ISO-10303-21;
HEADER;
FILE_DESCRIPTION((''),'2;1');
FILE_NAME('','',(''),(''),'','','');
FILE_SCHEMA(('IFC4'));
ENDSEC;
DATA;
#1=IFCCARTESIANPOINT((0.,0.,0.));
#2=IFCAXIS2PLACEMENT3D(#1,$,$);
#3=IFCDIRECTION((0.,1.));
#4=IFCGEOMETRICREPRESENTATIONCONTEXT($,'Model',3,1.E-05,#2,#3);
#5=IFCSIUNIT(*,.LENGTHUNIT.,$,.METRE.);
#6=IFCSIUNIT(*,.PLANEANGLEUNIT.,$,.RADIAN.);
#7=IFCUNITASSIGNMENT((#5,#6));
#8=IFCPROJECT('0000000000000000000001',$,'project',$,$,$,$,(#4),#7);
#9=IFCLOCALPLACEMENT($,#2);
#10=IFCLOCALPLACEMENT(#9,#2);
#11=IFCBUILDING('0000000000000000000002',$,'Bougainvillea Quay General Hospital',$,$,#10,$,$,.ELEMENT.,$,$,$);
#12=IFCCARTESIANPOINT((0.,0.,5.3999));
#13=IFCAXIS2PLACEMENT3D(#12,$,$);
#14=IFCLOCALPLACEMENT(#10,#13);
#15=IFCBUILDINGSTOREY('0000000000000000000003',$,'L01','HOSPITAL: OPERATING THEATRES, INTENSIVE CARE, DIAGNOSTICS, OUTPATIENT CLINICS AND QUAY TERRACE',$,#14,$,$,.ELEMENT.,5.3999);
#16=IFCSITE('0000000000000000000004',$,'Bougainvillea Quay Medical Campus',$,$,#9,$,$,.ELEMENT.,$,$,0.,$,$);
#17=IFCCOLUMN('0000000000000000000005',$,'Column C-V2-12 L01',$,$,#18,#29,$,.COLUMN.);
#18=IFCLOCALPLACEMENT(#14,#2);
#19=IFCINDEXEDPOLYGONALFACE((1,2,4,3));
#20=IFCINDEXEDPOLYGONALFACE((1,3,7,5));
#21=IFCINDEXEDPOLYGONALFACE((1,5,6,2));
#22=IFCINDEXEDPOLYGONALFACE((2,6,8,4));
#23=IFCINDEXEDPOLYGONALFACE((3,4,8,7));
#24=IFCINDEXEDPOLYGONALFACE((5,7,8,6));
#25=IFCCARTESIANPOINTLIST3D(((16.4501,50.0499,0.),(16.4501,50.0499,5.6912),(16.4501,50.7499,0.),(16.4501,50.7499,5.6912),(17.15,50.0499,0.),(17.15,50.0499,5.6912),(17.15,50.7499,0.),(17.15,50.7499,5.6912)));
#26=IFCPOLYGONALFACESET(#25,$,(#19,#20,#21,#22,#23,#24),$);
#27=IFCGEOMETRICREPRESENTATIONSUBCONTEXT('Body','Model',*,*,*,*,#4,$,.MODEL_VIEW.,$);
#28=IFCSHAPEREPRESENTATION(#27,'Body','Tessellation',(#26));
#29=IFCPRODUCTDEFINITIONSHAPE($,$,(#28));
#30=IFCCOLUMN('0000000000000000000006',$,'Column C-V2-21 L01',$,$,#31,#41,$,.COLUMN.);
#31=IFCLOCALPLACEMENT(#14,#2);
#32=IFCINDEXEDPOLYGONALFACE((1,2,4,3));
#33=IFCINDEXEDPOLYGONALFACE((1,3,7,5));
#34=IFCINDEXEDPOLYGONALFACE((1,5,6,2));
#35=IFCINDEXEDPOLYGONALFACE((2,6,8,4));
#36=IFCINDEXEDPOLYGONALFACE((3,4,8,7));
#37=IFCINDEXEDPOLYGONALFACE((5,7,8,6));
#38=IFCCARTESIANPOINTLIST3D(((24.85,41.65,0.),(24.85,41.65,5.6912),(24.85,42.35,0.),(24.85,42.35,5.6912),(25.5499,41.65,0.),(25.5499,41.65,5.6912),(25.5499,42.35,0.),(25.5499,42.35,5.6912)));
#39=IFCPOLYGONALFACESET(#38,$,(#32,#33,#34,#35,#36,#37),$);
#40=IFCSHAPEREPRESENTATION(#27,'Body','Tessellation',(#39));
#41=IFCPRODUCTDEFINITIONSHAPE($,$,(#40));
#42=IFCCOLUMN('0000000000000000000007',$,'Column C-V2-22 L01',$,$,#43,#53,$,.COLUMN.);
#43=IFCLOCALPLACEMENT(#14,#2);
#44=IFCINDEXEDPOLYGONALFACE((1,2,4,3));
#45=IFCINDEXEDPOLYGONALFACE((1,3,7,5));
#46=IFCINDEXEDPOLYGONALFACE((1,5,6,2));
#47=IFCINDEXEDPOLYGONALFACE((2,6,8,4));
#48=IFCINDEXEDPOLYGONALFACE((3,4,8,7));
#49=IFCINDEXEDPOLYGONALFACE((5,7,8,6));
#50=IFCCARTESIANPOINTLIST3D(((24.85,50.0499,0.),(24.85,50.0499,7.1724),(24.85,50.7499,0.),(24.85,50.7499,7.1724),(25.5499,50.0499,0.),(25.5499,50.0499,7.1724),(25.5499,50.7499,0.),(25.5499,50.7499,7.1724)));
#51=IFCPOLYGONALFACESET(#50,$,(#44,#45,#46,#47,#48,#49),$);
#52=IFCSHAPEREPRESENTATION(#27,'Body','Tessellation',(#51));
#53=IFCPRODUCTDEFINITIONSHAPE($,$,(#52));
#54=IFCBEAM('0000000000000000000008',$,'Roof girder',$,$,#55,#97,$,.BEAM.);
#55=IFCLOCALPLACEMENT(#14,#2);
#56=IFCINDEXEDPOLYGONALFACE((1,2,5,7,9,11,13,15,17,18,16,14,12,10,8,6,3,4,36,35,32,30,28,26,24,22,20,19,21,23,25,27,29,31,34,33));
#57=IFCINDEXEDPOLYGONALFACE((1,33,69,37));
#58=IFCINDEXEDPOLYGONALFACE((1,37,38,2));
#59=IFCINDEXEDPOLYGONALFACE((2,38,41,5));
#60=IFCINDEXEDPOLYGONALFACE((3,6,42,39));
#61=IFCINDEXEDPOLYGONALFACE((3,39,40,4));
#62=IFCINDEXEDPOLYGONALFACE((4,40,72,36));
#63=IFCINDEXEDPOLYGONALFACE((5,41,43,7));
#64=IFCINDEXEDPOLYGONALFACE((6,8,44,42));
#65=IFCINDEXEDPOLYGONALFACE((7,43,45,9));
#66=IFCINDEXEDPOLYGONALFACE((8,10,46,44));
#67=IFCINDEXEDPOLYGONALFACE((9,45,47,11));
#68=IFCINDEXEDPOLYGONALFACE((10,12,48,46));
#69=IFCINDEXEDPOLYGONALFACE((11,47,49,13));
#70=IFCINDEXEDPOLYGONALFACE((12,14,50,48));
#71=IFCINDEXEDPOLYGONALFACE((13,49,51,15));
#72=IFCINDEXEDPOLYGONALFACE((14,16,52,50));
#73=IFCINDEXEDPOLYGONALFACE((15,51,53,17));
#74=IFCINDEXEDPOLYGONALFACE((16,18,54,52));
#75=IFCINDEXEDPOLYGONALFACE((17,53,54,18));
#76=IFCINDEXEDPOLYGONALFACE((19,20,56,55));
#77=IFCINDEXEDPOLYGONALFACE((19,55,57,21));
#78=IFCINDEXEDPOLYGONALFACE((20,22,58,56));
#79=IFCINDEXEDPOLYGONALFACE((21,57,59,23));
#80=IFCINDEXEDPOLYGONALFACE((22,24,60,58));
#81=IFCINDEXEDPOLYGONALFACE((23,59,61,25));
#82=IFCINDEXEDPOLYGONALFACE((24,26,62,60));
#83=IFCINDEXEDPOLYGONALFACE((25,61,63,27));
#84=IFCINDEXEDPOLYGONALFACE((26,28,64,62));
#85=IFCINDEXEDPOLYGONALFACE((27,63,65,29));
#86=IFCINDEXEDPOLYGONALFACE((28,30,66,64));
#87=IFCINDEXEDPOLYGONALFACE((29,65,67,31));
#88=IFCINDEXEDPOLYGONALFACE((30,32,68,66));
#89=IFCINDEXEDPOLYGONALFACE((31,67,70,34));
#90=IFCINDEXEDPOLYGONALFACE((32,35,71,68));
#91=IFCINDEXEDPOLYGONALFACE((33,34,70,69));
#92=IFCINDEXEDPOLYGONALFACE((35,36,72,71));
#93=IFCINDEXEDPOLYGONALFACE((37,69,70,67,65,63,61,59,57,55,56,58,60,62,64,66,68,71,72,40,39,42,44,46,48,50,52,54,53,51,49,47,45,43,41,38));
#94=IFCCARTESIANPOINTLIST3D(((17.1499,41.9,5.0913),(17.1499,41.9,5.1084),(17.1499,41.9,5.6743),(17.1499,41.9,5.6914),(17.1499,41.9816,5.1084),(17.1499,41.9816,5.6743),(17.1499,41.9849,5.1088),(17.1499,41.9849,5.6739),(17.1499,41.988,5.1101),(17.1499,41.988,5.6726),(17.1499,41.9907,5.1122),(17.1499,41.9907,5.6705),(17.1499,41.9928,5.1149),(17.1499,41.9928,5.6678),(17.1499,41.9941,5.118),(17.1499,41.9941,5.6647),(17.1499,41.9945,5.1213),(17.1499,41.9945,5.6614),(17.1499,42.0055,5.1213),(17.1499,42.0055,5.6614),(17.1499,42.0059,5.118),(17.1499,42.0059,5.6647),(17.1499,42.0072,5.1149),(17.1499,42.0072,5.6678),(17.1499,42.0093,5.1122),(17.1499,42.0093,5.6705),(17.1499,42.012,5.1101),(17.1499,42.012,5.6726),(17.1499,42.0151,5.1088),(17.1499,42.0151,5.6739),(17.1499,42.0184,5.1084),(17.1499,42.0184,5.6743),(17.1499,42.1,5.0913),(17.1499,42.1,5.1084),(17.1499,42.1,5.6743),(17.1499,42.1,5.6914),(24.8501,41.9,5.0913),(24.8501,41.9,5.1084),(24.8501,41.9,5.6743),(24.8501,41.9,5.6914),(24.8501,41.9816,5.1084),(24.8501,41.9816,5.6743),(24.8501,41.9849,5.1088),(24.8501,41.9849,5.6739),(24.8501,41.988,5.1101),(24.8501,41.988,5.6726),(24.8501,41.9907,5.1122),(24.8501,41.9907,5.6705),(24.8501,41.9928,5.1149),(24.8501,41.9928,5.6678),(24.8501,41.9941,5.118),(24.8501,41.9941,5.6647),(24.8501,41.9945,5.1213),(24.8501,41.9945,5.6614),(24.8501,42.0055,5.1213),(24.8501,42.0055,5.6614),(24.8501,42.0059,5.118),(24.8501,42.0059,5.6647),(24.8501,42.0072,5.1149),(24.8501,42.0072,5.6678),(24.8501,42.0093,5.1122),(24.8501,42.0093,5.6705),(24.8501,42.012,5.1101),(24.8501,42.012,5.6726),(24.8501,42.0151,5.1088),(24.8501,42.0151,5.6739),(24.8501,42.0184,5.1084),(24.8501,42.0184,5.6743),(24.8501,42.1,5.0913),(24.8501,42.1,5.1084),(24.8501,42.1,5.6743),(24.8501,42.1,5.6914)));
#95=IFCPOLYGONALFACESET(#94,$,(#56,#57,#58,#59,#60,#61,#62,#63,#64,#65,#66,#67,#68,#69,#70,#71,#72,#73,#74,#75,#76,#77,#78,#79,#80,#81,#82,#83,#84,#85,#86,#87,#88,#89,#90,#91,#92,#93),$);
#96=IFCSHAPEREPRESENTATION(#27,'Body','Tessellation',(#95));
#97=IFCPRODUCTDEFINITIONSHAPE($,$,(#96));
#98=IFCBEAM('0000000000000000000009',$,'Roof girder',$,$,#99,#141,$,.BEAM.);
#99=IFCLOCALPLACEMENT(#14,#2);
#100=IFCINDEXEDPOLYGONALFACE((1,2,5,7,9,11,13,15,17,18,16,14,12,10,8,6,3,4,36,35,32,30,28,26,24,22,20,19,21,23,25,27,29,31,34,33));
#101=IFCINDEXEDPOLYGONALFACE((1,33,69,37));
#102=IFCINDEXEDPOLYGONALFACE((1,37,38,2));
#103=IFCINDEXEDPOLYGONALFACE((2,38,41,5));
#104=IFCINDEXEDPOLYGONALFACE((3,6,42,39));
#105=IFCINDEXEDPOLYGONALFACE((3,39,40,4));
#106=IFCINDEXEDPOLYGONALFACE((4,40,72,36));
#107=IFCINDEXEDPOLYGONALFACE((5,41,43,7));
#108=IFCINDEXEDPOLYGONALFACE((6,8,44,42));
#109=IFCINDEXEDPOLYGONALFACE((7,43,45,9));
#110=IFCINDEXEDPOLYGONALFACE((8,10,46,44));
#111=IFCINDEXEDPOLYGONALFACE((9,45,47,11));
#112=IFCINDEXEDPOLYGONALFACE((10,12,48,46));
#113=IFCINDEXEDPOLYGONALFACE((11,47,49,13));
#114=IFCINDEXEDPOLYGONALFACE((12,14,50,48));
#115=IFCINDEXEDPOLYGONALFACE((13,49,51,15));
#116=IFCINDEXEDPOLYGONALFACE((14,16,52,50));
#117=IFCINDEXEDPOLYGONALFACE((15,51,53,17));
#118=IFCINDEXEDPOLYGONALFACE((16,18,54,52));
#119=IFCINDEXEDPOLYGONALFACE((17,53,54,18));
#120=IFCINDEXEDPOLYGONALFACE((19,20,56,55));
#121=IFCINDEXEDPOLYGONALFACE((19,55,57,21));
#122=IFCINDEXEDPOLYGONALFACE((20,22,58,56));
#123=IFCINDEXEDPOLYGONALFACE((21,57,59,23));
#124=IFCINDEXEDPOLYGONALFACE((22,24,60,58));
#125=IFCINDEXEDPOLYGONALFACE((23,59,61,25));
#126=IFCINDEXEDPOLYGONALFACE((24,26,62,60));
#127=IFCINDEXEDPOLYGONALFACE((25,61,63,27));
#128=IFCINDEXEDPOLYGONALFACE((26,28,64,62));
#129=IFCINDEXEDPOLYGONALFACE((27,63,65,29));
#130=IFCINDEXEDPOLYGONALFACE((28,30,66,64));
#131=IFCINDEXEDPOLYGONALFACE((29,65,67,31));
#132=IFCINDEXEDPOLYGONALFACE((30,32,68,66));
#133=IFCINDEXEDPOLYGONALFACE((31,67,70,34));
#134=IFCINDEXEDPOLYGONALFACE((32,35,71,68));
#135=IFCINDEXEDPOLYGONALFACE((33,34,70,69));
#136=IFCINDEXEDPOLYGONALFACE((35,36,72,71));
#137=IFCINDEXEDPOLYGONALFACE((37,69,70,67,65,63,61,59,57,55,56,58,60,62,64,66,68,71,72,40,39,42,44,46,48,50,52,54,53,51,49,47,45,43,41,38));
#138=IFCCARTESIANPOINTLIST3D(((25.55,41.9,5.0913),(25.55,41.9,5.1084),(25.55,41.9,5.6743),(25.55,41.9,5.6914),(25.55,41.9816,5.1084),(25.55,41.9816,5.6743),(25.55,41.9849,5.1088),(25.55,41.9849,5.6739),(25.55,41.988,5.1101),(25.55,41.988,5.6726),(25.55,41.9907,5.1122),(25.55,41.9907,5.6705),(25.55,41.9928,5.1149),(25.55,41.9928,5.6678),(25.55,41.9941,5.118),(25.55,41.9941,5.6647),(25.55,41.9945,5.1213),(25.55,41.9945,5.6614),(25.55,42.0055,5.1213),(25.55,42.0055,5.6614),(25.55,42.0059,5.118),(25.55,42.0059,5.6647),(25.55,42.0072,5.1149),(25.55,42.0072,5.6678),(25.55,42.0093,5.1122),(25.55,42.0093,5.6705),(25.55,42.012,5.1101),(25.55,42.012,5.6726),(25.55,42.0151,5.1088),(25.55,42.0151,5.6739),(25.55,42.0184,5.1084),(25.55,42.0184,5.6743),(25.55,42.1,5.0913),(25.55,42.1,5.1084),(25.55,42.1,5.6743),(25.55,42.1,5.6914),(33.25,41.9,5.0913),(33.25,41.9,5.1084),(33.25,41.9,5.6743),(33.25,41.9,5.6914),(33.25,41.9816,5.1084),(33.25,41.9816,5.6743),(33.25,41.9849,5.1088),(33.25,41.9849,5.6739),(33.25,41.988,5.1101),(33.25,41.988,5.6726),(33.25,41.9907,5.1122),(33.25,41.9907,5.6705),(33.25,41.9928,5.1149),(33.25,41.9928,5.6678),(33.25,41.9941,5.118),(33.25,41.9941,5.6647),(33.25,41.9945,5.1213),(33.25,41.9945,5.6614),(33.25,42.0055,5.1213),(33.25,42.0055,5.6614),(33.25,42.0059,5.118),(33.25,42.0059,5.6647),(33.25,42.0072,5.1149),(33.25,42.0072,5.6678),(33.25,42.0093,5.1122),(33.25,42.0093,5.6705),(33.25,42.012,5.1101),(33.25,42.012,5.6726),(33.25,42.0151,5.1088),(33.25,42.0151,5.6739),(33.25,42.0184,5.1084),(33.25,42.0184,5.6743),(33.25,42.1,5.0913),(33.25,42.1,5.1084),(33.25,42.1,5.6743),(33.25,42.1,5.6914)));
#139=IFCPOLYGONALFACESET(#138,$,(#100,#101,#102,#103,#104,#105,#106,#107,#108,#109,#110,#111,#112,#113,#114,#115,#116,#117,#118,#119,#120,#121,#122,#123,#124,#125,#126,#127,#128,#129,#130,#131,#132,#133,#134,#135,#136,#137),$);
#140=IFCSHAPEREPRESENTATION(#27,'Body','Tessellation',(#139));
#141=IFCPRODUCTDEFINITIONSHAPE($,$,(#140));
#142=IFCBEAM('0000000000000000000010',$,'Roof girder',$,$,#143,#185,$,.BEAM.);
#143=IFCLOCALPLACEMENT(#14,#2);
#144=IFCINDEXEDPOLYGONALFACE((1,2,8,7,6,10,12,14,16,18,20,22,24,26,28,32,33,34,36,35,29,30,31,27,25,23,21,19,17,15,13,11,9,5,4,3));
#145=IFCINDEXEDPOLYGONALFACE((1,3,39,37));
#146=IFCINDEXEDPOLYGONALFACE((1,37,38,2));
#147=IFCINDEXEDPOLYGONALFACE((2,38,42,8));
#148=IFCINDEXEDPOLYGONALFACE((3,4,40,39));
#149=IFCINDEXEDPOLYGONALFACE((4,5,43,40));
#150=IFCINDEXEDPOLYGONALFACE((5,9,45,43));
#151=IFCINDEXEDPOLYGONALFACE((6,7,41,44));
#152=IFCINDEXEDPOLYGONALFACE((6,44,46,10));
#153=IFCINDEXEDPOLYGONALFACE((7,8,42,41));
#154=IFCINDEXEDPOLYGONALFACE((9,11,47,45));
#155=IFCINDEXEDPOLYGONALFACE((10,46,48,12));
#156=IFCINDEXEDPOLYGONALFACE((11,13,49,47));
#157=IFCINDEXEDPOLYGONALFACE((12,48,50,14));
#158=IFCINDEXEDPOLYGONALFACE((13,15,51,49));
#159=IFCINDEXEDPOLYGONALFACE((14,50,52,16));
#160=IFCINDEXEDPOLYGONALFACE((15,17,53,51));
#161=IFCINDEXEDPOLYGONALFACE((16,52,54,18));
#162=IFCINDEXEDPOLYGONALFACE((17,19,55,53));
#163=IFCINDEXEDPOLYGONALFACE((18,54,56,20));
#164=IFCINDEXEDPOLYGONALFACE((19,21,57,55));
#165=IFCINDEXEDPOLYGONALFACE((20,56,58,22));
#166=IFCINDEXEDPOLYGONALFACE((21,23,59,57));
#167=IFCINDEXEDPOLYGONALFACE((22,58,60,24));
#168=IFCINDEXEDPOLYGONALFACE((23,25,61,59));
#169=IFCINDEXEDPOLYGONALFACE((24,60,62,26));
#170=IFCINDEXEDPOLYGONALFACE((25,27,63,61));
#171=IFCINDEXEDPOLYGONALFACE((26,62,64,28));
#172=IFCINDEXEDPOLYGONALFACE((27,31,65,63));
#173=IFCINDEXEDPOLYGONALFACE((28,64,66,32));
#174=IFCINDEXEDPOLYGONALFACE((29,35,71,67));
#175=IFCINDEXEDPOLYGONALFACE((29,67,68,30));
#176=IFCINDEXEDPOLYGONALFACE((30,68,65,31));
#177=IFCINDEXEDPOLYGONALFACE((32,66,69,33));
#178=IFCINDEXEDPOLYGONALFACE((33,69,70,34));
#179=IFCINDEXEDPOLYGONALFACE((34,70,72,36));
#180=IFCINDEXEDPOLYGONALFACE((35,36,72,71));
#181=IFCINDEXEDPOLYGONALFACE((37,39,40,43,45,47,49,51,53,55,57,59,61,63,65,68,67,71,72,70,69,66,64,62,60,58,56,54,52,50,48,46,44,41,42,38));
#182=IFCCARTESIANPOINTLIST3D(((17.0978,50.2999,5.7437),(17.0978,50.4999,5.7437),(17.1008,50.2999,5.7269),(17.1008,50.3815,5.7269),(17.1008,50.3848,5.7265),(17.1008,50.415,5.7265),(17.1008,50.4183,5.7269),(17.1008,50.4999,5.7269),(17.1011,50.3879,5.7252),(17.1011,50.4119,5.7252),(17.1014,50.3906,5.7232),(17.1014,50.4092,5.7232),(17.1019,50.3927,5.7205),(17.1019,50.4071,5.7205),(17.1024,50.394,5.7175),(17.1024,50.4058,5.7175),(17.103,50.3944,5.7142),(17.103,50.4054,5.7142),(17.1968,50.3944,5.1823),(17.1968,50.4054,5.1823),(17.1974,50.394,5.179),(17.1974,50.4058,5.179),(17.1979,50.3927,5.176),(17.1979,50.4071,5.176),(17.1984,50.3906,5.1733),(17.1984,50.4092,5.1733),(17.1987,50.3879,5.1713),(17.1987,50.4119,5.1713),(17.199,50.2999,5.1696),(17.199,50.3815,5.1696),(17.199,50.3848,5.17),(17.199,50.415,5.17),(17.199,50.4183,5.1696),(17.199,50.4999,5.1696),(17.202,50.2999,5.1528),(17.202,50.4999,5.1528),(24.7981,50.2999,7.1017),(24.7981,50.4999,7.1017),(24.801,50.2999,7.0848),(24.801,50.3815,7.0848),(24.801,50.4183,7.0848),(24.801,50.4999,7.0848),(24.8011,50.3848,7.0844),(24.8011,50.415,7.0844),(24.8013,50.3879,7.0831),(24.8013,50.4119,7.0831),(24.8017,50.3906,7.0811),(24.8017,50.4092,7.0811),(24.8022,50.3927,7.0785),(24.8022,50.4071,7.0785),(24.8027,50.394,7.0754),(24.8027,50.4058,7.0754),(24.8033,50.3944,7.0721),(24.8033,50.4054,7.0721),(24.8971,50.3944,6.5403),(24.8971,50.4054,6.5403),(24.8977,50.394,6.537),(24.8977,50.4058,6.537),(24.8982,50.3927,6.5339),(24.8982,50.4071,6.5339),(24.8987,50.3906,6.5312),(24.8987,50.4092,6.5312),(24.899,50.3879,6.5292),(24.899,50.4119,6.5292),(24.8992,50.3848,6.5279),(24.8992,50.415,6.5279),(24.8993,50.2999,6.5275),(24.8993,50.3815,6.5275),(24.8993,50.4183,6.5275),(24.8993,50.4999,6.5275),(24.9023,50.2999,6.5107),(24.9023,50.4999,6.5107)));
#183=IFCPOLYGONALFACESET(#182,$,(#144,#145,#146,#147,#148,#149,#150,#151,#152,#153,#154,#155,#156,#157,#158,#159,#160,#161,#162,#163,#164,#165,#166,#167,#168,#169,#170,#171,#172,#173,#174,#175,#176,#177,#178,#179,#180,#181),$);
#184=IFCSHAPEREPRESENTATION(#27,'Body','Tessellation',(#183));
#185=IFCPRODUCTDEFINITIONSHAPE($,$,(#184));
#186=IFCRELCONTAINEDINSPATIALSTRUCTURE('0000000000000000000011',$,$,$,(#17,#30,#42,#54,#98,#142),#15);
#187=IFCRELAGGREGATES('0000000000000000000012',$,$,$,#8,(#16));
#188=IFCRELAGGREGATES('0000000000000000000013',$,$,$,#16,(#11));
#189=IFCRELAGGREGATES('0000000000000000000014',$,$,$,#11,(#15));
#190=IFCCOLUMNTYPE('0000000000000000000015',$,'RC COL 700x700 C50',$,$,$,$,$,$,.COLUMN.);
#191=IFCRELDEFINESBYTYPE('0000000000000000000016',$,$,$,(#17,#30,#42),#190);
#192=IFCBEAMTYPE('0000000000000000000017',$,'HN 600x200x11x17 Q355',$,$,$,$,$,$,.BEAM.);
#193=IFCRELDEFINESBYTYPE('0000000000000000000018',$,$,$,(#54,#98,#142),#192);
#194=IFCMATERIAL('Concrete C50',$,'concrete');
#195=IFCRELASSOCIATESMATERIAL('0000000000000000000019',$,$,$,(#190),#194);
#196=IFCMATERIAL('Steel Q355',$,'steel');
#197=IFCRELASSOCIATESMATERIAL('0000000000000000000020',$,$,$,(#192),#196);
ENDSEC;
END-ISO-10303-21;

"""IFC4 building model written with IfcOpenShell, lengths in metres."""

from ifc_helpers import new_model, si_unit, direction, frame, origin, origin_2d, place, context, subcontext, project, spatial, rectangle, i_section, extrude, material, material_profile, profile_set, type_object, element, save


model = new_model("IFC4")

# Units and contexts
model_context = context("Model", 3, precision=1e-05, world=origin(), true_north=direction((0.0, 1.0)))
body_context = subcontext(model_context, "Body", "Model", "MODEL_VIEW")
ifc_project = project(units=[si_unit("LENGTHUNIT", "METRE"), si_unit("PLANEANGLEUNIT", "RADIAN")], contexts=[model_context])

# Site, building, storey
site_placement = place(None, origin())
site = spatial("IfcSite", under=ifc_project, at=site_placement, Name="Bougainvillea Quay Medical Campus", CompositionType="ELEMENT", RefElevation=0.0)
building_placement = place(site_placement, origin())
building = spatial("IfcBuilding", under=site, at=building_placement, Name="Bougainvillea Quay General Hospital", CompositionType="ELEMENT")
storey_placement = place(building_placement, frame((0.0, 0.0, 5.3999)))
storey = spatial("IfcBuildingStorey", under=building, at=storey_placement, Name="L01", Description="HOSPITAL: OPERATING THEATRES, INTENSIVE CARE, DIAGNOSTICS, OUTPATIENT CLINICS AND QUAY TERRACE", CompositionType="ELEMENT", Elevation=5.3999)

# Columns
ifc_material_1 = material(Name="Concrete C50", Category="concrete")
ifc_material_profile_1 = material_profile(ifc_material_1, rectangle(XDim=0.7, YDim=0.7, at=origin_2d()))
ifc_profile_set_1 = profile_set([ifc_material_profile_1], Name="Concrete C50")
column_type = type_object("IfcColumnType", Name="RC COL 700x700 C50", PredefinedType="COLUMN", material=ifc_profile_set_1)
for number, where, z_axis, x_axis, name in (
    (1, (16.8, 50.3999, 0.0), (0.0, 0.0, 1.0), (1.0, 0.0, 0.0), "Column C-V2-12 L01"),
    (2, (25.2, 42.0, 0.0), (0.0, 0.0, 1.0), (1.0, 0.0, 0.0), "Column C-V2-21 L01"),
):
    element("IfcColumn", number, at=place(storey_placement, frame(where, z_axis=z_axis, x_axis=x_axis)), inside=storey, type_object=column_type, Name=name, PredefinedType="COLUMN", context=body_context, shape_type="SweptSolid", body=[
        extrude(rectangle(XDim=0.7, YDim=0.7, at=origin_2d()), origin(), (0.0, 0.0, 1.0), 5.6912),
    ])
column_placement = place(storey_placement, frame((25.2, 50.3999, 0.0), z_axis=(0.0, 0.0, 1.0), x_axis=(1.0, 0.0, 0.0)))
element("IfcColumn", 3, at=column_placement, inside=storey, type_object=column_type, Name="Column C-V2-22 L01", PredefinedType="COLUMN", context=body_context, shape_type="SweptSolid", body=[
    extrude(rectangle(XDim=0.7, YDim=0.7, at=origin_2d()), origin(), (0.0, 0.0, 1.0), 7.1724),
])

# Beams
ifc_material_2 = material(Name="Steel Q355", Category="steel")
ifc_material_profile_2 = material_profile(ifc_material_2, i_section(OverallWidth=0.2, OverallDepth=0.6001, WebThickness=0.011, FlangeThickness=0.0171, FilletRadius=0.0129, at=origin_2d()))
ifc_profile_set_2 = profile_set([ifc_material_profile_2], Name="Steel Q355")
beam_type = type_object("IfcBeamType", Name="HN 600x200x11x17 Q355", PredefinedType="BEAM", material=ifc_profile_set_2)
beam_1_placement = place(storey_placement, frame((17.1499, 42.0, 5.3914), z_axis=(1.0, 0.0, 0.0), x_axis=(0.0, 1.0, 0.0)))
element("IfcBeam", 4, at=beam_1_placement, inside=storey, type_object=beam_type, Name="Roof girder", PredefinedType="BEAM", context=body_context, shape_type="SweptSolid", body=[
    extrude(i_section(OverallWidth=0.2, OverallDepth=0.6001, WebThickness=0.011, FlangeThickness=0.0171, FilletRadius=0.0129, at=origin_2d()), origin(), (0.0, 0.0, 1.0), 7.7002),
])
beam_2_placement = place(storey_placement, frame((25.55, 42.0, 5.3914), z_axis=(1.0, 0.0, 0.0), x_axis=(0.0, 1.0, 0.0)))
element("IfcBeam", 5, at=beam_2_placement, inside=storey, type_object=beam_type, Name="Roof girder", PredefinedType="BEAM", context=body_context, shape_type="SweptSolid", body=[
    extrude(i_section(OverallWidth=0.2, OverallDepth=0.6001, WebThickness=0.011, FlangeThickness=0.0171, FilletRadius=0.0129, at=origin_2d()), origin(), (0.0, 0.0, 1.0), 7.7),
])
beam_3_placement = place(storey_placement, frame((17.1499, 50.3999, 5.4482), z_axis=(0.984804, 0.0, 0.173668), x_axis=(0.0, 1.0, 0.0)))
element("IfcBeam", 6, at=beam_3_placement, inside=storey, type_object=beam_type, Name="Roof girder", PredefinedType="BEAM", context=body_context, shape_type="SweptSolid", body=[
    extrude(i_section(OverallWidth=0.2, OverallDepth=0.6001, WebThickness=0.011, FlangeThickness=0.0171, FilletRadius=0.0129, at=origin_2d()), origin(), (0.0, 0.0, 1.0), 7.8191),
])

save(model, "model.ifc")
